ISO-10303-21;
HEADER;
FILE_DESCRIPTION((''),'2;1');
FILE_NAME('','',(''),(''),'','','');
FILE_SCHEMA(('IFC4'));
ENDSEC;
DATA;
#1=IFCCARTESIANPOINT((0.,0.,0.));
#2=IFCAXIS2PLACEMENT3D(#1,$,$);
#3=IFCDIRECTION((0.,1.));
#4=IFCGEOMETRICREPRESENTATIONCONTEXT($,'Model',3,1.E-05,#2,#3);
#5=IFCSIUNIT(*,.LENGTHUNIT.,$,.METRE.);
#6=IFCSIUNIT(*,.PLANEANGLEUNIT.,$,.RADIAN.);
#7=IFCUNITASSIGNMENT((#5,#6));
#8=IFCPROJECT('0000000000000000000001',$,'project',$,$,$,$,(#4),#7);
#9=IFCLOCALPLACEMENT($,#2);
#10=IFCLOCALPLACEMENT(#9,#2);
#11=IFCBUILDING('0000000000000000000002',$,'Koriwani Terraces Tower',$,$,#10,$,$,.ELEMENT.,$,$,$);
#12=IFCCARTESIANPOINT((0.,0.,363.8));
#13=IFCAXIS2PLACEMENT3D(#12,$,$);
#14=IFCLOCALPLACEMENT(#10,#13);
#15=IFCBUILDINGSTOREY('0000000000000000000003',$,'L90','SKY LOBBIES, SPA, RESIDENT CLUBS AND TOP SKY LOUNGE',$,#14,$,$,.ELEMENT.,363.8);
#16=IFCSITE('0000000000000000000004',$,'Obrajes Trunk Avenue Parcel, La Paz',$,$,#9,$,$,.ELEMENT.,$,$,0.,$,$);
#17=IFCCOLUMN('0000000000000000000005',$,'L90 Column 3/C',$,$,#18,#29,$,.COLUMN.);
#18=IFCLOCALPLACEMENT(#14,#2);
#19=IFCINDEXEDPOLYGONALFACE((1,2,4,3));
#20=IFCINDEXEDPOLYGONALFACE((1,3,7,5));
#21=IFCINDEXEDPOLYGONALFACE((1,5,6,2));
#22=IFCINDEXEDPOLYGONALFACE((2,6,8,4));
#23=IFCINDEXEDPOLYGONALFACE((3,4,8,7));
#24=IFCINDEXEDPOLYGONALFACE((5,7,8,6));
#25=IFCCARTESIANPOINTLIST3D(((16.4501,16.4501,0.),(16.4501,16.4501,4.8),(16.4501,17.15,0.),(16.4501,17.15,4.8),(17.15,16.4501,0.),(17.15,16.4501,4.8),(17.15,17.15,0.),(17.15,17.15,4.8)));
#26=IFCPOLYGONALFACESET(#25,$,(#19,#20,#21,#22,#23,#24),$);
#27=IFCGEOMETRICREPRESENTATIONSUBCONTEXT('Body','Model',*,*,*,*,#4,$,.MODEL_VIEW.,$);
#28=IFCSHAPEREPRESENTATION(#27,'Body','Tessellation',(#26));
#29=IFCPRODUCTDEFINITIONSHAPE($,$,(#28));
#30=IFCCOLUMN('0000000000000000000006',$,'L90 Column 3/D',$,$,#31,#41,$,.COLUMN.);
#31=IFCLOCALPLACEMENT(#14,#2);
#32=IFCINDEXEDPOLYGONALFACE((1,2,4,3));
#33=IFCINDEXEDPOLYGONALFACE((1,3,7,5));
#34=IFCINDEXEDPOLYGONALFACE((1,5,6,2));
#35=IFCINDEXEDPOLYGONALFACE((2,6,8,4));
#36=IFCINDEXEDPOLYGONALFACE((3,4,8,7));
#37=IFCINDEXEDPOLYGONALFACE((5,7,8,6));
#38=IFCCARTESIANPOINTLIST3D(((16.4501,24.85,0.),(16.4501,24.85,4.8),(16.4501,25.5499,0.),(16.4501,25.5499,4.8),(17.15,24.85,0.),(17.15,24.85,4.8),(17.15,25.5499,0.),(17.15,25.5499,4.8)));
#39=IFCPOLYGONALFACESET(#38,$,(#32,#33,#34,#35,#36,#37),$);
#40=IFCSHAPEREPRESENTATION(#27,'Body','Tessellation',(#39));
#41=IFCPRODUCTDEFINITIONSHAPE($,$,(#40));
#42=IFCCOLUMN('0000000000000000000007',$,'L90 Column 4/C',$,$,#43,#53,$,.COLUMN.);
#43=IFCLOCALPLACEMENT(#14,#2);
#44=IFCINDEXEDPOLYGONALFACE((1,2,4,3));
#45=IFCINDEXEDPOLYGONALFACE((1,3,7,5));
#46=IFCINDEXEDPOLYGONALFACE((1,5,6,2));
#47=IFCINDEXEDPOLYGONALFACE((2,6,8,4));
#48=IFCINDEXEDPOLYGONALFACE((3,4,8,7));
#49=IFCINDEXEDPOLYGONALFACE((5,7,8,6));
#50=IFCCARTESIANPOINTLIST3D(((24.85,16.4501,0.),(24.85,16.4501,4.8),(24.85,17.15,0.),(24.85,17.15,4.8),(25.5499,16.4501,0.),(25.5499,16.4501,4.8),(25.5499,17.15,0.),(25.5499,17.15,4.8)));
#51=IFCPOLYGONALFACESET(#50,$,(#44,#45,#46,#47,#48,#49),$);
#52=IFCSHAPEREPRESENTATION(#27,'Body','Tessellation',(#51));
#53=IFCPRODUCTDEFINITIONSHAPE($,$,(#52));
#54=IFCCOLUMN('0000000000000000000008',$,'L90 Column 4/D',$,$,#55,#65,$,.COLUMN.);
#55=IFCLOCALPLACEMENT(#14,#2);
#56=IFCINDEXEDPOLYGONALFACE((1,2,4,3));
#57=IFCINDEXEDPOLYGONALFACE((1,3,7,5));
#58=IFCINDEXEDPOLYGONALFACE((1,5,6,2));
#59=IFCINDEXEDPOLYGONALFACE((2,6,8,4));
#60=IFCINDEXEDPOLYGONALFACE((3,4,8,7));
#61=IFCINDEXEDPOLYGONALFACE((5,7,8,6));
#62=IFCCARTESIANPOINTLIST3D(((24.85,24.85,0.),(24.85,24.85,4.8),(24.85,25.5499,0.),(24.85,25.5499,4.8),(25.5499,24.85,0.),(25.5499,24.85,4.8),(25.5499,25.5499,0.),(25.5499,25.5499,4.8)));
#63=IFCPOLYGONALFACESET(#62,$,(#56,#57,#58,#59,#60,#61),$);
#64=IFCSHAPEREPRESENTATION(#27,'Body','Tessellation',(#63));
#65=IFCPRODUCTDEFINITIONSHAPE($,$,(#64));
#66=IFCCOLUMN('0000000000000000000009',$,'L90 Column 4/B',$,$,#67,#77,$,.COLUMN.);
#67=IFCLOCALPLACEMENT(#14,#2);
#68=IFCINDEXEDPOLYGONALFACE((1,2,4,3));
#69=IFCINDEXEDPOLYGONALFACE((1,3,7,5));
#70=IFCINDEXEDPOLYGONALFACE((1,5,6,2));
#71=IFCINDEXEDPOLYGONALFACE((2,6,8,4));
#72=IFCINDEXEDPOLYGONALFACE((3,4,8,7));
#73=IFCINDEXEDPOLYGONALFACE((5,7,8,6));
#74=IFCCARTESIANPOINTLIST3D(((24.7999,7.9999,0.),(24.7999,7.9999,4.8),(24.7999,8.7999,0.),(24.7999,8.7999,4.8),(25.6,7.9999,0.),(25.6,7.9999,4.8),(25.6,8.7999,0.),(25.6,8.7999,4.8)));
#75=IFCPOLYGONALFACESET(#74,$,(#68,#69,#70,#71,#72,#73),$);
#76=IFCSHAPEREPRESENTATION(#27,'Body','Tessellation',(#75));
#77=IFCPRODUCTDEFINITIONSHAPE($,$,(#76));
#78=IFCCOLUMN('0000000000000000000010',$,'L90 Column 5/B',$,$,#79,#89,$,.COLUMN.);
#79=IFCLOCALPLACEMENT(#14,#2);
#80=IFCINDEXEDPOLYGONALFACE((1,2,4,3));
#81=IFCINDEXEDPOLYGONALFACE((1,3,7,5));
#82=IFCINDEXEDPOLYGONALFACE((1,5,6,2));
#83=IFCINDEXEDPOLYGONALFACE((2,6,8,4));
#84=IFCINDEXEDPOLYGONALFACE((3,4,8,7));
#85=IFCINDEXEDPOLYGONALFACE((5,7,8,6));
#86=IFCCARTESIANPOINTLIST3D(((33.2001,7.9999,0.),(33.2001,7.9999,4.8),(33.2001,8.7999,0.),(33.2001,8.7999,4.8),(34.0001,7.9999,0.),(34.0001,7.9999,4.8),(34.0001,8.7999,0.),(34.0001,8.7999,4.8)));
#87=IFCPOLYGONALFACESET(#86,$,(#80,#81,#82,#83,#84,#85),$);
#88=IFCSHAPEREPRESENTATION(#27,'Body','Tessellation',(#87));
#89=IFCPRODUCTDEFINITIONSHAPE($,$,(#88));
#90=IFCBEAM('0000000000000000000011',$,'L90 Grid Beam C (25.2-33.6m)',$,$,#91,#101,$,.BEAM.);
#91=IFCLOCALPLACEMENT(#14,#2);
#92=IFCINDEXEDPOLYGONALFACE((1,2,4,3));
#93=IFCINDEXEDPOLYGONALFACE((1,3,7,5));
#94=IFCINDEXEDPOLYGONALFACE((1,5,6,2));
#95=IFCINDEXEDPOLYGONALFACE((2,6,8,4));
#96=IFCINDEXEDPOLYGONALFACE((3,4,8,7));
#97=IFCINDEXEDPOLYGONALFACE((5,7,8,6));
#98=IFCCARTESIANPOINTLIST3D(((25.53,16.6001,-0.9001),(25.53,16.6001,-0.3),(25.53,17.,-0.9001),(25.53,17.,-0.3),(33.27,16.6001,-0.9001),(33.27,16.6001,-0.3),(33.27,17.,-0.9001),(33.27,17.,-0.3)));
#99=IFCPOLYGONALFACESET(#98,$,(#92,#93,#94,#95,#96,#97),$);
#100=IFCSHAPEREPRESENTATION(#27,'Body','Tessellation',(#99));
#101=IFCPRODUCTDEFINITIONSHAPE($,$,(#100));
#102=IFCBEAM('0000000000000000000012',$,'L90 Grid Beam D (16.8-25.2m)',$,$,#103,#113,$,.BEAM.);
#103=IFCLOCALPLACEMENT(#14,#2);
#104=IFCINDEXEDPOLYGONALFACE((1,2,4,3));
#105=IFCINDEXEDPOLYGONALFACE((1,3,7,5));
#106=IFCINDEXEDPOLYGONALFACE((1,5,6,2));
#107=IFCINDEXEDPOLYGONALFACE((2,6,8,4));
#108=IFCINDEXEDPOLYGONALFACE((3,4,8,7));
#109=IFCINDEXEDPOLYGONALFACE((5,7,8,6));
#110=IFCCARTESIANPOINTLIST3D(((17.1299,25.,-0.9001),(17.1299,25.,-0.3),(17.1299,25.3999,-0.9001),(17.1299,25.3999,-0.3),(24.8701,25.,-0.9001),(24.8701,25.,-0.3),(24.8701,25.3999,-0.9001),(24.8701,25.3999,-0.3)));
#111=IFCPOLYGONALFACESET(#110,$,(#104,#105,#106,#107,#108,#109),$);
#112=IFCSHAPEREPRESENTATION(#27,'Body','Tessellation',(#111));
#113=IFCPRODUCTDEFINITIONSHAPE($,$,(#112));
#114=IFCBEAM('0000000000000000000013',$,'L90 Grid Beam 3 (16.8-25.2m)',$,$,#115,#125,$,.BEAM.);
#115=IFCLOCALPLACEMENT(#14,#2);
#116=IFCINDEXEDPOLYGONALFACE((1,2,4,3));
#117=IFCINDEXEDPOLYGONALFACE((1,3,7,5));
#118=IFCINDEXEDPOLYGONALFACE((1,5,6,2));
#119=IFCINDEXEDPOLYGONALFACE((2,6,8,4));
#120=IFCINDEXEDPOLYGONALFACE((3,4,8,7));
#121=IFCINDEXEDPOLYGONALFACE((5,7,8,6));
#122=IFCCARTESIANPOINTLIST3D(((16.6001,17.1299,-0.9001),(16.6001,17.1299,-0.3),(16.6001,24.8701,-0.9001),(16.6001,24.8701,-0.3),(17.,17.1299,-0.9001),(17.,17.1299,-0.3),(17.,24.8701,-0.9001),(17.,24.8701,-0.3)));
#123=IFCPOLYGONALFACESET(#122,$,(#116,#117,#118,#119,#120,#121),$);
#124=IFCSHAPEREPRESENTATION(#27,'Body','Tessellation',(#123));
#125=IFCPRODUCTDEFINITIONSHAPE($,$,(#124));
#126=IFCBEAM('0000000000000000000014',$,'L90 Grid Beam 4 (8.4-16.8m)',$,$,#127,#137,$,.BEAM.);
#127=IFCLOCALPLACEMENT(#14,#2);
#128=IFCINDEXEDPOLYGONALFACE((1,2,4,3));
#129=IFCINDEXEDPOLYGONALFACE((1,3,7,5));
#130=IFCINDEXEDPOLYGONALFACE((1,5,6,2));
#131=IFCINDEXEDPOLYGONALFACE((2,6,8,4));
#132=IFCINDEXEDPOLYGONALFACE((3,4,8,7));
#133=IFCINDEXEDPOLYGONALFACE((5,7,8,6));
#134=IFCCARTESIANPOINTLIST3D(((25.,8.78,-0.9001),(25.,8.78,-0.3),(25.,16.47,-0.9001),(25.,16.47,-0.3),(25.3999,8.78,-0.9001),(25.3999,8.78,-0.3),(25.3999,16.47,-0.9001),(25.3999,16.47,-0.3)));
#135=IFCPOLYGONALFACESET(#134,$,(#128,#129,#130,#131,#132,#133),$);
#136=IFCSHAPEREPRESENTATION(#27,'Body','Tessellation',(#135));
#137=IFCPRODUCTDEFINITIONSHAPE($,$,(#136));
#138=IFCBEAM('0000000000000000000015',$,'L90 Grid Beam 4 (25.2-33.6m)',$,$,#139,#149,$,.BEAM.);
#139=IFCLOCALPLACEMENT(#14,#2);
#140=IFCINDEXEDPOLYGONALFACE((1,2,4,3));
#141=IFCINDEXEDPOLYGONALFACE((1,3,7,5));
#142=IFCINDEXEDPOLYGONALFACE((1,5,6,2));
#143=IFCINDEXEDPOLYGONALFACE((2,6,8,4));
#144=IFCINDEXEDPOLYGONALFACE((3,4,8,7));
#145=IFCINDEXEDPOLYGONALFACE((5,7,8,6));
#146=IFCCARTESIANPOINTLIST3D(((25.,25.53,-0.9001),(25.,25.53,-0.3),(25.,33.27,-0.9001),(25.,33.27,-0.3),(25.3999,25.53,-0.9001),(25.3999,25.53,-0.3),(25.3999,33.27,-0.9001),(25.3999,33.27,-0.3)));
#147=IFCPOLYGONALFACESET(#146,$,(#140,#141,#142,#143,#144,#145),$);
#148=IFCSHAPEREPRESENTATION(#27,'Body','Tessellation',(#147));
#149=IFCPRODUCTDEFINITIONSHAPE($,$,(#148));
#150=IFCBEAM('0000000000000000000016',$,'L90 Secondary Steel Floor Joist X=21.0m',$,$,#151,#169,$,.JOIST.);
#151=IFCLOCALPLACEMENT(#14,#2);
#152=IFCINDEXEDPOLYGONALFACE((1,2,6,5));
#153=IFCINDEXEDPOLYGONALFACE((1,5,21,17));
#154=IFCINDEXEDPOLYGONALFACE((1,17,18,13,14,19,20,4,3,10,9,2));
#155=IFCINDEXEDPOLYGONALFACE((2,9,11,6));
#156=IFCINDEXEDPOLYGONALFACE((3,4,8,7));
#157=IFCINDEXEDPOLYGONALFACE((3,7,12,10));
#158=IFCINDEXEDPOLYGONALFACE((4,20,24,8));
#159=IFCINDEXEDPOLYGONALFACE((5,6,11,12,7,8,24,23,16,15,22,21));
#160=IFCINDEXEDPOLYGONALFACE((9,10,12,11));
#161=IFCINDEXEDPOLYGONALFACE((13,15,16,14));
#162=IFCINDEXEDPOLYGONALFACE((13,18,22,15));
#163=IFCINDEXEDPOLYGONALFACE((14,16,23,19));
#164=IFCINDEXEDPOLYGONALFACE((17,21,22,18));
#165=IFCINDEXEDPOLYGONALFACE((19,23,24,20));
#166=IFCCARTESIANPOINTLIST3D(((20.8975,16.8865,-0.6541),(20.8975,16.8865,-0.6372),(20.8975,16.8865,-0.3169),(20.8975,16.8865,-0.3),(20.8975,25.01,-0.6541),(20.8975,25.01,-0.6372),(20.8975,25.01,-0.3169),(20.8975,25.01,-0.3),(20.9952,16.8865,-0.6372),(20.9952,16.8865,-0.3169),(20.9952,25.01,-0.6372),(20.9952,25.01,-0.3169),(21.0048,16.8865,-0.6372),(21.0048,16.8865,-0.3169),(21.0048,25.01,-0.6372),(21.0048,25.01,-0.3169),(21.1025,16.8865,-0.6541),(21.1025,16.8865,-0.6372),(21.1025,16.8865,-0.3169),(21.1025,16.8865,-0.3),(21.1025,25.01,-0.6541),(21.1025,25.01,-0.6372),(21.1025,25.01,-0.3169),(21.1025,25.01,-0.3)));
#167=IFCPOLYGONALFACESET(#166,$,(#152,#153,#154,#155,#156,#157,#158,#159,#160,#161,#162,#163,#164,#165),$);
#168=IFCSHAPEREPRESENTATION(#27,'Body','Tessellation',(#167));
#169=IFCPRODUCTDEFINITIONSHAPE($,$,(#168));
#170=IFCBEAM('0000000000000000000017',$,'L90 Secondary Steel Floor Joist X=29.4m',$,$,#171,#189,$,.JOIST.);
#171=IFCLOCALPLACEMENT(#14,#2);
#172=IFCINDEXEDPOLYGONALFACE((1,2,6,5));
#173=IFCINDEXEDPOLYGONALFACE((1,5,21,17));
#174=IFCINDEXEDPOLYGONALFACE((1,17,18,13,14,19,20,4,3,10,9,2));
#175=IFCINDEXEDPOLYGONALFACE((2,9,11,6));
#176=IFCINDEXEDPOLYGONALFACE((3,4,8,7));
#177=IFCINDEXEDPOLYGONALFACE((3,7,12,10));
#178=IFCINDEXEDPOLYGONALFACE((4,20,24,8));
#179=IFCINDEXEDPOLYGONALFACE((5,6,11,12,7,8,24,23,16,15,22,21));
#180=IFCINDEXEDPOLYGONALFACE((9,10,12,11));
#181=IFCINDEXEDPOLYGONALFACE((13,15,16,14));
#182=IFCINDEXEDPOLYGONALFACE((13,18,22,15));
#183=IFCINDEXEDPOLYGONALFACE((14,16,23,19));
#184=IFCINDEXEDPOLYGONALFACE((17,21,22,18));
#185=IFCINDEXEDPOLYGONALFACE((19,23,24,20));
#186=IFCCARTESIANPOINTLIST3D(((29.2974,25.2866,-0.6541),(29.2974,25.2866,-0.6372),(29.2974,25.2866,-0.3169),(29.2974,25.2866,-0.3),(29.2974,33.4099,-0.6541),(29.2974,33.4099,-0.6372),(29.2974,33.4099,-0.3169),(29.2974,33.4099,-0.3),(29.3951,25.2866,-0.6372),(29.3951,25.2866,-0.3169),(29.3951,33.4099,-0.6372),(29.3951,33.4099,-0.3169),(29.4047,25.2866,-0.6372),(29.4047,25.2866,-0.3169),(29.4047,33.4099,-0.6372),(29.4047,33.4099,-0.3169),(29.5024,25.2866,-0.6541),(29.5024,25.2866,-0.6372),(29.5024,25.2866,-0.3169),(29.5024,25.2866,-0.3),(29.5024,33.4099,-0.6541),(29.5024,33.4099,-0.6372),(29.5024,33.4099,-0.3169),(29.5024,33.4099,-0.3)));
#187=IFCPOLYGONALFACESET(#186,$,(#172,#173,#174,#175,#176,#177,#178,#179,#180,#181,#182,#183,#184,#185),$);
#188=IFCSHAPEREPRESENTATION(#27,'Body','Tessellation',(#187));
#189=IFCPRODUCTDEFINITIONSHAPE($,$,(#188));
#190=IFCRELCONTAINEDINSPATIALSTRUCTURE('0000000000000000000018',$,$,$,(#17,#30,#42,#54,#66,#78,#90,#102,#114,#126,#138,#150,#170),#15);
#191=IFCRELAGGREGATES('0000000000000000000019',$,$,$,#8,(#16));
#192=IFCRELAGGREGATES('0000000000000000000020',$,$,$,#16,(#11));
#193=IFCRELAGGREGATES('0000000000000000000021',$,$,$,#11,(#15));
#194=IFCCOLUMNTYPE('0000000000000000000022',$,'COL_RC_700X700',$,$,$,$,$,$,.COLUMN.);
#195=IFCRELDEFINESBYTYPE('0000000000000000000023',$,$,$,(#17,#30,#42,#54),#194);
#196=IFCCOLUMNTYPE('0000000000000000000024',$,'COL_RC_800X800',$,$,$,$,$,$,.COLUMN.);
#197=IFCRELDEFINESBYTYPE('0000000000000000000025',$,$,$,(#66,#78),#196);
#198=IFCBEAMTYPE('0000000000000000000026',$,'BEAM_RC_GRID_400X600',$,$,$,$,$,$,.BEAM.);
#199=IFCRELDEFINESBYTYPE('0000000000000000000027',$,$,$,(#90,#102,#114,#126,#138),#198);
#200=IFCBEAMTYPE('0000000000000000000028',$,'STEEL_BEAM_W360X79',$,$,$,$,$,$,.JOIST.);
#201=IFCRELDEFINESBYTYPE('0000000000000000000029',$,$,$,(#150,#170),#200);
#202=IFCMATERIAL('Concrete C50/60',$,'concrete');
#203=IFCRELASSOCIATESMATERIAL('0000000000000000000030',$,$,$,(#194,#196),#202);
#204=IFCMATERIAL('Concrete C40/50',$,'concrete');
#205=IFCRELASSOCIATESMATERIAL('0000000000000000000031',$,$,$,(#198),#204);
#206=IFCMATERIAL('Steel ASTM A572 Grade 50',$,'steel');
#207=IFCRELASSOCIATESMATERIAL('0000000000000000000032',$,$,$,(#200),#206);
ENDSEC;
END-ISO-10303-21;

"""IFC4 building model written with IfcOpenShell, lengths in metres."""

from ifc_helpers import new_model, si_unit, direction, frame, origin, origin_2d, place, context, subcontext, project, spatial, rectangle, i_section, extrude, material, material_profile, profile_set, type_object, element, save


model = new_model("IFC4")

# Units and contexts
model_context = context("Model", 3, precision=1e-05, world=origin(), true_north=direction((0.0, 1.0)))
body_context = subcontext(model_context, "Body", "Model", "MODEL_VIEW")
ifc_project = project(units=[si_unit("LENGTHUNIT", "METRE"), si_unit("PLANEANGLEUNIT", "RADIAN")], contexts=[model_context])

# Site, building, storey
site_placement = place(None, origin())
site = spatial("IfcSite", under=ifc_project, at=site_placement, Name="Obrajes Trunk Avenue Parcel, La Paz", CompositionType="ELEMENT", RefElevation=0.0)
building_placement = place(site_placement, origin())
building = spatial("IfcBuilding", under=site, at=building_placement, Name="Koriwani Terraces Tower", CompositionType="ELEMENT")
storey_placement = place(building_placement, frame((0.0, 0.0, 363.8)))
storey = spatial("IfcBuildingStorey", under=building, at=storey_placement, Name="L90", Description="SKY LOBBIES, SPA, RESIDENT CLUBS AND TOP SKY LOUNGE", CompositionType="ELEMENT", Elevation=363.8)

# Columns
ifc_material_1 = material(Name="Concrete C50/60", Category="concrete")
ifc_material_profile_1 = material_profile(ifc_material_1, rectangle(XDim=0.7, YDim=0.7, at=origin_2d()), Name="Concrete C50/60", Category="LoadBearing")
ifc_profile_set_1 = profile_set([ifc_material_profile_1], Name="Concrete C50/60")
column_type_1 = type_object("IfcColumnType", Name="COL_RC_700X700", PredefinedType="COLUMN", material=ifc_profile_set_1)
for number, where, z_axis, x_axis, name in (
    (1, (16.8, 16.8, 0.0), (0.0, 0.0, 1.0), (1.0, 0.0, 0.0), "L90 Column 3/C"),
    (2, (16.8, 25.2, 0.0), (0.0, 0.0, 1.0), (1.0, 0.0, 0.0), "L90 Column 3/D"),
    (3, (25.2, 16.8, 0.0), (0.0, 0.0, 1.0), (1.0, 0.0, 0.0), "L90 Column 4/C"),
    (4, (25.2, 25.2, 0.0), (0.0, 0.0, 1.0), (1.0, 0.0, 0.0), "L90 Column 4/D"),
):
    element("IfcColumn", number, at=place(storey_placement, frame(where, z_axis=z_axis, x_axis=x_axis)), inside=storey, type_object=column_type_1, Name=name, PredefinedType="COLUMN", context=body_context, shape_type="SweptSolid", body=[
        extrude(rectangle(XDim=0.7, YDim=0.7, at=origin_2d()), origin(), (0.0, 0.0, 1.0), 4.8),
    ])
ifc_material_profile_2 = material_profile(ifc_material_1, rectangle(XDim=0.8, YDim=0.8, at=origin_2d()), Name="Concrete C50/60", Category="LoadBearing")
ifc_profile_set_2 = profile_set([ifc_material_profile_2], Name="Concrete C50/60")
column_type_2 = type_object("IfcColumnType", Name="COL_RC_800X800", PredefinedType="COLUMN", material=ifc_profile_set_2)
for number, where, z_axis, x_axis, name in (
    (5, (25.2, 8.3999, 0.0), (0.0, 0.0, 1.0), (1.0, 0.0, 0.0), "L90 Column 4/B"),
    (6, (33.6001, 8.3999, 0.0), (0.0, 0.0, 1.0), (1.0, 0.0, 0.0), "L90 Column 5/B"),
):
    element("IfcColumn", number, at=place(storey_placement, frame(where, z_axis=z_axis, x_axis=x_axis)), inside=storey, type_object=column_type_2, Name=name, PredefinedType="COLUMN", context=body_context, shape_type="SweptSolid", body=[
        extrude(rectangle(XDim=0.8, YDim=0.8, at=origin_2d()), origin(), (0.0, 0.0, 1.0), 4.8),
    ])

# Beams
ifc_material_2 = material(Name="Concrete C40/50", Category="concrete")
ifc_material_profile_3 = material_profile(ifc_material_2, rectangle(XDim=0.3999, YDim=0.6001, at=origin_2d()), Name="Concrete C40/50", Category="LoadBearing")
ifc_profile_set_3 = profile_set([ifc_material_profile_3], Name="Concrete C40/50")
beam_type_1 = type_object("IfcBeamType", Name="BEAM_RC_GRID_400X600", PredefinedType="BEAM", material=ifc_profile_set_3)
beam_1_placement = place(storey_placement, frame((25.53, 16.8, -0.6001), z_axis=(1.0, 0.0, 0.0), x_axis=(0.0, 1.0, 0.0)))
element("IfcBeam", 7, at=beam_1_placement, inside=storey, type_object=beam_type_1, Name="L90 Grid Beam C (25.2-33.6m)", PredefinedType="BEAM", context=body_context, shape_type="SweptSolid", body=[
    extrude(rectangle(XDim=0.3999, YDim=0.6001, at=origin_2d()), origin(), (0.0, 0.0, 1.0), 7.74),
])
for number, where, z_axis, x_axis, name in (
    (8, (17.1299, 25.2, -0.6001), (1.0, 0.0, 0.0), (0.0, 1.0, 0.0), "L90 Grid Beam D (16.8-25.2m)"),
    (9, (16.8, 17.1299, -0.6001), (0.0, 1.0, 0.0), (-1.0, 0.0, 0.0), "L90 Grid Beam 3 (16.8-25.2m)"),
):
    element("IfcBeam", number, at=place(storey_placement, frame(where, z_axis=z_axis, x_axis=x_axis)), inside=storey, type_object=beam_type_1, Name=name, PredefinedType="BEAM", context=body_context, shape_type="SweptSolid", body=[
        extrude(rectangle(XDim=0.3999, YDim=0.6001, at=origin_2d()), origin(), (0.0, 0.0, 1.0), 7.7402),
    ])
beam_2_placement = place(storey_placement, frame((25.2, 8.78, -0.6001), z_axis=(0.0, 1.0, 0.0), x_axis=(-1.0, 0.0, 0.0)))
element("IfcBeam", 10, at=beam_2_placement, inside=storey, type_object=beam_type_1, Name="L90 Grid Beam 4 (8.4-16.8m)", PredefinedType="BEAM", context=body_context, shape_type="SweptSolid", body=[
    extrude(rectangle(XDim=0.3999, YDim=0.6001, at=origin_2d()), origin(), (0.0, 0.0, 1.0), 7.6899),
])
beam_3_placement = place(storey_placement, frame((25.2, 25.53, -0.6001), z_axis=(0.0, 1.0, 0.0), x_axis=(-1.0, 0.0, 0.0)))
element("IfcBeam", 11, at=beam_3_placement, inside=storey, type_object=beam_type_1, Name="L90 Grid Beam 4 (25.2-33.6m)", PredefinedType="BEAM", context=body_context, shape_type="SweptSolid", body=[
    extrude(rectangle(XDim=0.3999, YDim=0.6001, at=origin_2d()), origin(), (0.0, 0.0, 1.0), 7.74),
])
ifc_material_3 = material(Name="Steel ASTM A572 Grade 50", Category="steel")
ifc_material_profile_4 = material_profile(ifc_material_3, i_section(OverallWidth=0.2051, OverallDepth=0.354, WebThickness=0.0095, FlangeThickness=0.0168, at=origin_2d()), Name="Steel ASTM A572 Grade 50", Category="LoadBearing")
ifc_profile_set_4 = profile_set([ifc_material_profile_4], Name="Steel ASTM A572 Grade 50")
beam_type_2 = type_object("IfcBeamType", Name="STEEL_BEAM_W360X79", PredefinedType="JOIST", material=ifc_profile_set_4)
beam_4_placement = place(storey_placement, frame((21.0, 16.8865, -0.4771), z_axis=(0.0, 1.0, 0.0), x_axis=(-1.0, 0.0, 0.0)))
element("IfcBeam", 12, at=beam_4_placement, inside=storey, type_object=beam_type_2, Name="L90 Secondary Steel Floor Joist X=21.0m", PredefinedType="JOIST", context=body_context, shape_type="SweptSolid", body=[
    extrude(i_section(OverallWidth=0.2051, OverallDepth=0.354, WebThickness=0.0095, FlangeThickness=0.0168, at=origin_2d()), origin(), (0.0, 0.0, 1.0), 8.1235),
])
beam_5_placement = place(storey_placement, frame((29.3999, 25.2866, -0.4771), z_axis=(0.0, 1.0, 0.0), x_axis=(-1.0, 0.0, 0.0)))
element("IfcBeam", 13, at=beam_5_placement, inside=storey, type_object=beam_type_2, Name="L90 Secondary Steel Floor Joist X=29.4m", PredefinedType="JOIST", context=body_context, shape_type="SweptSolid", body=[
    extrude(i_section(OverallWidth=0.2051, OverallDepth=0.354, WebThickness=0.0095, FlangeThickness=0.0168, at=origin_2d()), origin(), (0.0, 0.0, 1.0), 8.1233),
])

save(model, "model.ifc")
